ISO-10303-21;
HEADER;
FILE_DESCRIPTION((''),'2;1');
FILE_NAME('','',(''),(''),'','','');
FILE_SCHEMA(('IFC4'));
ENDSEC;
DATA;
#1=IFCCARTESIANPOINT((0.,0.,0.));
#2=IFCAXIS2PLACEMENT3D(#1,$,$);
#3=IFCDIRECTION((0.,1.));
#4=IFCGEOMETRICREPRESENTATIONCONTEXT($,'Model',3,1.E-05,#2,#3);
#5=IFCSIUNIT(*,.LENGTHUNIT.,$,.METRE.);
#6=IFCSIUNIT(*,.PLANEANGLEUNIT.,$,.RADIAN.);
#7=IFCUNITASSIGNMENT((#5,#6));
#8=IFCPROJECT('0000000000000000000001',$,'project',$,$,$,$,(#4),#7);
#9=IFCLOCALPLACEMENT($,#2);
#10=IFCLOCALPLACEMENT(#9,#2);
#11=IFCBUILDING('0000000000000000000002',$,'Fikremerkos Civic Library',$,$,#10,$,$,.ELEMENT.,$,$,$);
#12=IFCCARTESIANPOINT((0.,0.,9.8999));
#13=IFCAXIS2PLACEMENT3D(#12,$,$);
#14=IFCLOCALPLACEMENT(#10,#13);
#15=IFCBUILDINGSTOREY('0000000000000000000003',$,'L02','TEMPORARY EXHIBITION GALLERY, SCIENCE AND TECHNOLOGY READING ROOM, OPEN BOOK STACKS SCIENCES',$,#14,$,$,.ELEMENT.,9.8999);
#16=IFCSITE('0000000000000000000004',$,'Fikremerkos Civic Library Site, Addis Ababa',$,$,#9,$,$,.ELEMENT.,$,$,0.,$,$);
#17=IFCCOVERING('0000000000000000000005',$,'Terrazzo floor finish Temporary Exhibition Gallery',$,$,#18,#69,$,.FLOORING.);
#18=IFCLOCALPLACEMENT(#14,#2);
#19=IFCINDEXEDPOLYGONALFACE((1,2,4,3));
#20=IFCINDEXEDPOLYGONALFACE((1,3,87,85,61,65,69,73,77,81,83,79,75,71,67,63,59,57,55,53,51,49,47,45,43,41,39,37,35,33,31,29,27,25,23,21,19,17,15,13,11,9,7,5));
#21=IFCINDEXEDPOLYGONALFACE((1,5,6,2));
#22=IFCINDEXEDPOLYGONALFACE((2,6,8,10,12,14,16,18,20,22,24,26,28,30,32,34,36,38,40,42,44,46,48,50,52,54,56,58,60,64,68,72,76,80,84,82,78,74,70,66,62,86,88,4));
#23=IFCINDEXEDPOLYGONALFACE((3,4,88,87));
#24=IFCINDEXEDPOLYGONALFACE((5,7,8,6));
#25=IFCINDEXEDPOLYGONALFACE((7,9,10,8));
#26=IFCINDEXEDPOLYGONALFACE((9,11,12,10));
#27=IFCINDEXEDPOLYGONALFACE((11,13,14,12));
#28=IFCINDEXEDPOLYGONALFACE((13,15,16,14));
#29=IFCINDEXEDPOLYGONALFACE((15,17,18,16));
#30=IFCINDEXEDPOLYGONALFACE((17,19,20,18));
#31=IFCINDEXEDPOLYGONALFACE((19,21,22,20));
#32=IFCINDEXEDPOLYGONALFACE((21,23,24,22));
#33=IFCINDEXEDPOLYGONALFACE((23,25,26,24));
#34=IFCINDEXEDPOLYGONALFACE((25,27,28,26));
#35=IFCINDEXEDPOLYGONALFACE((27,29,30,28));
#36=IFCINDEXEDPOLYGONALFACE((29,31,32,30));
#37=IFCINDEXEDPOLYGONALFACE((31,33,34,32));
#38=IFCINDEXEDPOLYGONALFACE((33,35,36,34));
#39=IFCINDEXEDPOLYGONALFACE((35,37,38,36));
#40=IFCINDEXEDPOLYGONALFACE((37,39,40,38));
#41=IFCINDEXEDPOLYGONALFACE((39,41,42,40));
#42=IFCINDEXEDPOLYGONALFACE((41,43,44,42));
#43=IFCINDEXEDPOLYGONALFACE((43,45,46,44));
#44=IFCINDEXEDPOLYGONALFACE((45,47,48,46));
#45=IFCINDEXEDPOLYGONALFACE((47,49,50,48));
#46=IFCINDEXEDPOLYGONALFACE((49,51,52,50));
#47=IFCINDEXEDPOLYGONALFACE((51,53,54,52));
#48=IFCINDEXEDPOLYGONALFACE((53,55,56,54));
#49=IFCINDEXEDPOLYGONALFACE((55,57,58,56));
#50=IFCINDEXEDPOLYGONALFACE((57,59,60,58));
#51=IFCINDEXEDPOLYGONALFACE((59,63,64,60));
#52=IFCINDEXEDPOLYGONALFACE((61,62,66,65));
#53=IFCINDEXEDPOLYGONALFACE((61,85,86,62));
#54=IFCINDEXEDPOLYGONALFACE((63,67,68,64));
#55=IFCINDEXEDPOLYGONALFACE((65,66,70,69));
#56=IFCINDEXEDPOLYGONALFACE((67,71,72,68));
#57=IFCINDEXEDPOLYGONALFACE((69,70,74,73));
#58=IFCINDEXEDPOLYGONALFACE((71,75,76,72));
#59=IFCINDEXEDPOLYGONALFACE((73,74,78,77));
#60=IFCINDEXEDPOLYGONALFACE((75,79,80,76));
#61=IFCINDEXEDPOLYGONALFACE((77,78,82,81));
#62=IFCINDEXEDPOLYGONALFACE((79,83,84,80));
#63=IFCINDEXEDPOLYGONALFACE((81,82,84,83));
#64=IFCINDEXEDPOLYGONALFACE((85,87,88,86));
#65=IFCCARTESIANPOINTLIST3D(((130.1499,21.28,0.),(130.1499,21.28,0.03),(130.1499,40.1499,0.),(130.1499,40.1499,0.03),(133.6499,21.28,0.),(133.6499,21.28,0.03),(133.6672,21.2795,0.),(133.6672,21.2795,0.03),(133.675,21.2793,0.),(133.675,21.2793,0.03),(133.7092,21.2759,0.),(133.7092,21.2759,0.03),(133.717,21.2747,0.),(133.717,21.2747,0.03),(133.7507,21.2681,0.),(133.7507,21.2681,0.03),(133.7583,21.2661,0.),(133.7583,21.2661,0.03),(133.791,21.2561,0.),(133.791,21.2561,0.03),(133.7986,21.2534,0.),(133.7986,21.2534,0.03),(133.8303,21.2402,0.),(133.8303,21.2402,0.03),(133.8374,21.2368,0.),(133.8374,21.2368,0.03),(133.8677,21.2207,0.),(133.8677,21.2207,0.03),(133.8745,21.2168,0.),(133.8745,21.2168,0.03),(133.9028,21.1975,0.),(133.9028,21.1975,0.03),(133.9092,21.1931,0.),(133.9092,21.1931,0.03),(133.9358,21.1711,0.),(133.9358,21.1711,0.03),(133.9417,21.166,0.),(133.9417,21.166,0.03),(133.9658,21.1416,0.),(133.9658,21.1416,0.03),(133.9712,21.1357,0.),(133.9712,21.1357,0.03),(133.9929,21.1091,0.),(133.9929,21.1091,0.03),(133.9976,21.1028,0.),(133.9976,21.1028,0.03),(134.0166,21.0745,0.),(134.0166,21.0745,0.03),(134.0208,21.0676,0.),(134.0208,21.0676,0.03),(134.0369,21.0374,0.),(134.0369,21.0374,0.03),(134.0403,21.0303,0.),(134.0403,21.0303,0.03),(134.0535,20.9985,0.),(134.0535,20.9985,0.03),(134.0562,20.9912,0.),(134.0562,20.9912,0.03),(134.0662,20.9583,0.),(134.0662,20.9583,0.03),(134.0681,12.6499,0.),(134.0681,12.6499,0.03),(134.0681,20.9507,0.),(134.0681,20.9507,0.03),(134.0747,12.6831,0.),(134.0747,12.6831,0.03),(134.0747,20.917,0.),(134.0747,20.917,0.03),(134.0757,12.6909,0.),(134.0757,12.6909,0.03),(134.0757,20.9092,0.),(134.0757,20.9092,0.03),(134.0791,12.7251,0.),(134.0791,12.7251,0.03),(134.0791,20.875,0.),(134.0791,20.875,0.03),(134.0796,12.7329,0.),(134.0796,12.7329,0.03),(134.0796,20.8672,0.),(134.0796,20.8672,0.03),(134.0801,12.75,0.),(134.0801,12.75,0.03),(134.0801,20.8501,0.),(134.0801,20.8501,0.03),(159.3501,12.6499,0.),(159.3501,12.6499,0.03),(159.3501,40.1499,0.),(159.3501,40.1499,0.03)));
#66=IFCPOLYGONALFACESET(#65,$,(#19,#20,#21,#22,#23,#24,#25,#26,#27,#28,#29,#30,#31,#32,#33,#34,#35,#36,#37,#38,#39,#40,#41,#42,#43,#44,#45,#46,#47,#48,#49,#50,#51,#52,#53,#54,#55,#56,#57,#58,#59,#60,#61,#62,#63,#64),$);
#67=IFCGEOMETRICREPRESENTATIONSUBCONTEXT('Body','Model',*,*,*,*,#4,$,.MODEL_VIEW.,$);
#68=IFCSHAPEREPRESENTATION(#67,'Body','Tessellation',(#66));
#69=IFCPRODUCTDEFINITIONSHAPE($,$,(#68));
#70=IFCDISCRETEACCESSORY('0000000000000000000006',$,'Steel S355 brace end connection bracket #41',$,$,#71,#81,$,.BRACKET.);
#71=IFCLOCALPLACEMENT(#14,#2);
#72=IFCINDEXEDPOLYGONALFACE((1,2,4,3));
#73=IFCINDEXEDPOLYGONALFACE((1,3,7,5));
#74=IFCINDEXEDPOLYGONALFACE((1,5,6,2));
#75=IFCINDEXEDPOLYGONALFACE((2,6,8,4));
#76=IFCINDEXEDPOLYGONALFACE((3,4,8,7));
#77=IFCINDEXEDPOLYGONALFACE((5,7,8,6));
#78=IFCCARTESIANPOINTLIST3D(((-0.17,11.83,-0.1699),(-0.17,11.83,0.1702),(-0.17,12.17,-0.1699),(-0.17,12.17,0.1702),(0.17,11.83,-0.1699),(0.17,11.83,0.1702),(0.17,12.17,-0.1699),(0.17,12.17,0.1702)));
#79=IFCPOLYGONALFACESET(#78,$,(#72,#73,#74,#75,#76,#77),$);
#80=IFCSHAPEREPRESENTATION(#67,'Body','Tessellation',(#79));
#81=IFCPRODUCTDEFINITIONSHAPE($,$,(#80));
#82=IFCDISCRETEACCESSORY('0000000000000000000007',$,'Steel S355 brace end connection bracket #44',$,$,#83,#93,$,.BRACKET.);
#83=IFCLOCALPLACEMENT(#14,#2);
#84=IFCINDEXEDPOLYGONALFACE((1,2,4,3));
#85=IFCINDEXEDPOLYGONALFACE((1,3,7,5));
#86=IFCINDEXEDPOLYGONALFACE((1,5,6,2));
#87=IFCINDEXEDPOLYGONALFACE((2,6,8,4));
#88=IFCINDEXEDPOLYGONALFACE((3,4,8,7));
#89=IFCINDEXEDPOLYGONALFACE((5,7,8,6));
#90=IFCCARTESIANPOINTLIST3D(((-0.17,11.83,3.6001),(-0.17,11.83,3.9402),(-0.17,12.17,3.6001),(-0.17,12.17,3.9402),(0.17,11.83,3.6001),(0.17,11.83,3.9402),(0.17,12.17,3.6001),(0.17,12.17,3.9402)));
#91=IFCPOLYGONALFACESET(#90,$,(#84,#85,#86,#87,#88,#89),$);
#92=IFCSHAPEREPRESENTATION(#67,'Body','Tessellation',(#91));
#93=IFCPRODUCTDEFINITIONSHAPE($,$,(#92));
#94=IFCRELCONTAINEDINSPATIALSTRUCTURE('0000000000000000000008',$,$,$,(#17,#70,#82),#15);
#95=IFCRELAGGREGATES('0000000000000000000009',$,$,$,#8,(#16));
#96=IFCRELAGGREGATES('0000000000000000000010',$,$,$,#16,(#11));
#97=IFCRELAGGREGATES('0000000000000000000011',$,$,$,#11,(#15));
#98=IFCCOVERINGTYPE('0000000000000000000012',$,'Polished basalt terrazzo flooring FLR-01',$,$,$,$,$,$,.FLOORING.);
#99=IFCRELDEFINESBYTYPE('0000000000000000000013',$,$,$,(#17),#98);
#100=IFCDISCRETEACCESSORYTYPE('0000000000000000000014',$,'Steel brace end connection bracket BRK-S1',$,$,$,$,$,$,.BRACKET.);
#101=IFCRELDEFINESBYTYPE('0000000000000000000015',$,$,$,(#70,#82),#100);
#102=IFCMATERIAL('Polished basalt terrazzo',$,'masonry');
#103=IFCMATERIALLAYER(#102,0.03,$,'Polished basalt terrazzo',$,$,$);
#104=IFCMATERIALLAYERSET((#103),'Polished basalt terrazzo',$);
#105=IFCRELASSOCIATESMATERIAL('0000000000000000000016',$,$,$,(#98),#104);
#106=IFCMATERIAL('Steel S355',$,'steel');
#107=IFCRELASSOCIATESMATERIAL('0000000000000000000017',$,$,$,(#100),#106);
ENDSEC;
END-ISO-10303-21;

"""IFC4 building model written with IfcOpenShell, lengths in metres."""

from ifc_helpers import new_model, si_unit, direction, frame, origin, origin_2d, place, context, subcontext, project, spatial, polyline, rectangle, outline, extrude, material, layer, layer_set, type_object, element, save


model = new_model("IFC4")

# Units and contexts
model_context = context("Model", 3, precision=1e-05, world=origin(), true_north=direction((0.0, 1.0)))
body_context = subcontext(model_context, "Body", "Model", "MODEL_VIEW")
ifc_project = project(units=[si_unit("LENGTHUNIT", "METRE"), si_unit("PLANEANGLEUNIT", "RADIAN")], contexts=[model_context])

# Site, building, storey
site_placement = place(None, origin())
site = spatial("IfcSite", under=ifc_project, at=site_placement, Name="Fikremerkos Civic Library Site, Addis Ababa", CompositionType="ELEMENT", RefElevation=0.0)
building_placement = place(site_placement, origin())
building = spatial("IfcBuilding", under=site, at=building_placement, Name="Fikremerkos Civic Library", CompositionType="ELEMENT")
storey_placement = place(building_placement, frame((0.0, 0.0, 9.8999)))
storey = spatial("IfcBuildingStorey", under=building, at=storey_placement, Name="L02", Description="TEMPORARY EXHIBITION GALLERY, SCIENCE AND TECHNOLOGY READING ROOM, OPEN BOOK STACKS SCIENCES", CompositionType="ELEMENT", Elevation=9.8999)

# Shared definitions
ifc_material_1 = material(Name="Steel S355", Category="steel")

# Covering
ifc_material_2 = material(Name="Polished basalt terrazzo", Category="masonry")
ifc_layer_1 = layer(ifc_material_2, 0.03, Name="Polished basalt terrazzo")
ifc_layer_set_1 = layer_set([ifc_layer_1], Name="Polished basalt terrazzo")
covering_type = type_object("IfcCoveringType", Name="Polished basalt terrazzo flooring FLR-01", PredefinedType="FLOORING", material=ifc_layer_set_1)
covering_1_placement = place(storey_placement, origin())
element("IfcCovering", 1, at=covering_1_placement, inside=storey, type_object=covering_type, Name="Terrazzo floor finish Temporary Exhibition Gallery", PredefinedType="FLOORING", context=body_context, shape_type="SweptSolid", body=[
    extrude(outline(polyline([(159.3501, 40.1499), (159.3501, 12.6499), (134.0681, 12.6499), (134.0747, 12.6831), (134.0757, 12.6909), (134.0791, 12.7251), (134.0796, 12.7329), (134.0801, 12.75), (134.0801, 20.8501), (134.0796, 20.8672), (134.0791, 20.875), (134.0757, 20.9092), (134.0747, 20.917), (134.0681, 20.9507), (134.0662, 20.9583), (134.0562, 20.9912), (134.0535, 20.9985), (134.0403, 21.0303), (134.0369, 21.0374), (134.0208, 21.0676), (134.0166, 21.0745), (133.9976, 21.1028), (133.9929, 21.1091), (133.9712, 21.1357), (133.9658, 21.1416), (133.9417, 21.166), (133.9358, 21.1711), (133.9092, 21.1931), (133.9028, 21.1975), (133.8745, 21.2168), (133.8677, 21.2207), (133.8374, 21.2368), (133.8303, 21.2402), (133.7986, 21.2534), (133.791, 21.2561), (133.7583, 21.2661), (133.7507, 21.2681), (133.717, 21.2747), (133.7092, 21.2759), (133.675, 21.2793), (133.6672, 21.2795), (133.6499, 21.28), (130.1499, 21.28), (130.1499, 40.1499), (159.3501, 40.1499)])), origin(), (0.0, 0.0, 1.0), 0.03),
])

# Discrete accessories
discrete_accessory_type = type_object("IfcDiscreteAccessoryType", Name="Steel brace end connection bracket BRK-S1", PredefinedType="BRACKET", material=ifc_material_1)
for number, where, z_axis, x_axis, name in (
    (2, (0.0, 12.0, -0.1699), (0.0, 0.0, 1.0), (1.0, 0.0, 0.0), "Steel S355 brace end connection bracket #41"),
    (3, (0.0, 12.0, 3.6001), (0.0, 0.0, 1.0), (1.0, 0.0, 0.0), "Steel S355 brace end connection bracket #44"),
):
    element("IfcDiscreteAccessory", number, at=place(storey_placement, frame(where, z_axis=z_axis, x_axis=x_axis)), inside=storey, type_object=discrete_accessory_type, Name=name, PredefinedType="BRACKET", context=body_context, shape_type="SweptSolid", body=[
        extrude(rectangle(XDim=0.3401, YDim=0.3401, at=origin_2d()), origin(), (0.0, 0.0, 1.0), 0.3401),
    ])

save(model, "model.ifc")
